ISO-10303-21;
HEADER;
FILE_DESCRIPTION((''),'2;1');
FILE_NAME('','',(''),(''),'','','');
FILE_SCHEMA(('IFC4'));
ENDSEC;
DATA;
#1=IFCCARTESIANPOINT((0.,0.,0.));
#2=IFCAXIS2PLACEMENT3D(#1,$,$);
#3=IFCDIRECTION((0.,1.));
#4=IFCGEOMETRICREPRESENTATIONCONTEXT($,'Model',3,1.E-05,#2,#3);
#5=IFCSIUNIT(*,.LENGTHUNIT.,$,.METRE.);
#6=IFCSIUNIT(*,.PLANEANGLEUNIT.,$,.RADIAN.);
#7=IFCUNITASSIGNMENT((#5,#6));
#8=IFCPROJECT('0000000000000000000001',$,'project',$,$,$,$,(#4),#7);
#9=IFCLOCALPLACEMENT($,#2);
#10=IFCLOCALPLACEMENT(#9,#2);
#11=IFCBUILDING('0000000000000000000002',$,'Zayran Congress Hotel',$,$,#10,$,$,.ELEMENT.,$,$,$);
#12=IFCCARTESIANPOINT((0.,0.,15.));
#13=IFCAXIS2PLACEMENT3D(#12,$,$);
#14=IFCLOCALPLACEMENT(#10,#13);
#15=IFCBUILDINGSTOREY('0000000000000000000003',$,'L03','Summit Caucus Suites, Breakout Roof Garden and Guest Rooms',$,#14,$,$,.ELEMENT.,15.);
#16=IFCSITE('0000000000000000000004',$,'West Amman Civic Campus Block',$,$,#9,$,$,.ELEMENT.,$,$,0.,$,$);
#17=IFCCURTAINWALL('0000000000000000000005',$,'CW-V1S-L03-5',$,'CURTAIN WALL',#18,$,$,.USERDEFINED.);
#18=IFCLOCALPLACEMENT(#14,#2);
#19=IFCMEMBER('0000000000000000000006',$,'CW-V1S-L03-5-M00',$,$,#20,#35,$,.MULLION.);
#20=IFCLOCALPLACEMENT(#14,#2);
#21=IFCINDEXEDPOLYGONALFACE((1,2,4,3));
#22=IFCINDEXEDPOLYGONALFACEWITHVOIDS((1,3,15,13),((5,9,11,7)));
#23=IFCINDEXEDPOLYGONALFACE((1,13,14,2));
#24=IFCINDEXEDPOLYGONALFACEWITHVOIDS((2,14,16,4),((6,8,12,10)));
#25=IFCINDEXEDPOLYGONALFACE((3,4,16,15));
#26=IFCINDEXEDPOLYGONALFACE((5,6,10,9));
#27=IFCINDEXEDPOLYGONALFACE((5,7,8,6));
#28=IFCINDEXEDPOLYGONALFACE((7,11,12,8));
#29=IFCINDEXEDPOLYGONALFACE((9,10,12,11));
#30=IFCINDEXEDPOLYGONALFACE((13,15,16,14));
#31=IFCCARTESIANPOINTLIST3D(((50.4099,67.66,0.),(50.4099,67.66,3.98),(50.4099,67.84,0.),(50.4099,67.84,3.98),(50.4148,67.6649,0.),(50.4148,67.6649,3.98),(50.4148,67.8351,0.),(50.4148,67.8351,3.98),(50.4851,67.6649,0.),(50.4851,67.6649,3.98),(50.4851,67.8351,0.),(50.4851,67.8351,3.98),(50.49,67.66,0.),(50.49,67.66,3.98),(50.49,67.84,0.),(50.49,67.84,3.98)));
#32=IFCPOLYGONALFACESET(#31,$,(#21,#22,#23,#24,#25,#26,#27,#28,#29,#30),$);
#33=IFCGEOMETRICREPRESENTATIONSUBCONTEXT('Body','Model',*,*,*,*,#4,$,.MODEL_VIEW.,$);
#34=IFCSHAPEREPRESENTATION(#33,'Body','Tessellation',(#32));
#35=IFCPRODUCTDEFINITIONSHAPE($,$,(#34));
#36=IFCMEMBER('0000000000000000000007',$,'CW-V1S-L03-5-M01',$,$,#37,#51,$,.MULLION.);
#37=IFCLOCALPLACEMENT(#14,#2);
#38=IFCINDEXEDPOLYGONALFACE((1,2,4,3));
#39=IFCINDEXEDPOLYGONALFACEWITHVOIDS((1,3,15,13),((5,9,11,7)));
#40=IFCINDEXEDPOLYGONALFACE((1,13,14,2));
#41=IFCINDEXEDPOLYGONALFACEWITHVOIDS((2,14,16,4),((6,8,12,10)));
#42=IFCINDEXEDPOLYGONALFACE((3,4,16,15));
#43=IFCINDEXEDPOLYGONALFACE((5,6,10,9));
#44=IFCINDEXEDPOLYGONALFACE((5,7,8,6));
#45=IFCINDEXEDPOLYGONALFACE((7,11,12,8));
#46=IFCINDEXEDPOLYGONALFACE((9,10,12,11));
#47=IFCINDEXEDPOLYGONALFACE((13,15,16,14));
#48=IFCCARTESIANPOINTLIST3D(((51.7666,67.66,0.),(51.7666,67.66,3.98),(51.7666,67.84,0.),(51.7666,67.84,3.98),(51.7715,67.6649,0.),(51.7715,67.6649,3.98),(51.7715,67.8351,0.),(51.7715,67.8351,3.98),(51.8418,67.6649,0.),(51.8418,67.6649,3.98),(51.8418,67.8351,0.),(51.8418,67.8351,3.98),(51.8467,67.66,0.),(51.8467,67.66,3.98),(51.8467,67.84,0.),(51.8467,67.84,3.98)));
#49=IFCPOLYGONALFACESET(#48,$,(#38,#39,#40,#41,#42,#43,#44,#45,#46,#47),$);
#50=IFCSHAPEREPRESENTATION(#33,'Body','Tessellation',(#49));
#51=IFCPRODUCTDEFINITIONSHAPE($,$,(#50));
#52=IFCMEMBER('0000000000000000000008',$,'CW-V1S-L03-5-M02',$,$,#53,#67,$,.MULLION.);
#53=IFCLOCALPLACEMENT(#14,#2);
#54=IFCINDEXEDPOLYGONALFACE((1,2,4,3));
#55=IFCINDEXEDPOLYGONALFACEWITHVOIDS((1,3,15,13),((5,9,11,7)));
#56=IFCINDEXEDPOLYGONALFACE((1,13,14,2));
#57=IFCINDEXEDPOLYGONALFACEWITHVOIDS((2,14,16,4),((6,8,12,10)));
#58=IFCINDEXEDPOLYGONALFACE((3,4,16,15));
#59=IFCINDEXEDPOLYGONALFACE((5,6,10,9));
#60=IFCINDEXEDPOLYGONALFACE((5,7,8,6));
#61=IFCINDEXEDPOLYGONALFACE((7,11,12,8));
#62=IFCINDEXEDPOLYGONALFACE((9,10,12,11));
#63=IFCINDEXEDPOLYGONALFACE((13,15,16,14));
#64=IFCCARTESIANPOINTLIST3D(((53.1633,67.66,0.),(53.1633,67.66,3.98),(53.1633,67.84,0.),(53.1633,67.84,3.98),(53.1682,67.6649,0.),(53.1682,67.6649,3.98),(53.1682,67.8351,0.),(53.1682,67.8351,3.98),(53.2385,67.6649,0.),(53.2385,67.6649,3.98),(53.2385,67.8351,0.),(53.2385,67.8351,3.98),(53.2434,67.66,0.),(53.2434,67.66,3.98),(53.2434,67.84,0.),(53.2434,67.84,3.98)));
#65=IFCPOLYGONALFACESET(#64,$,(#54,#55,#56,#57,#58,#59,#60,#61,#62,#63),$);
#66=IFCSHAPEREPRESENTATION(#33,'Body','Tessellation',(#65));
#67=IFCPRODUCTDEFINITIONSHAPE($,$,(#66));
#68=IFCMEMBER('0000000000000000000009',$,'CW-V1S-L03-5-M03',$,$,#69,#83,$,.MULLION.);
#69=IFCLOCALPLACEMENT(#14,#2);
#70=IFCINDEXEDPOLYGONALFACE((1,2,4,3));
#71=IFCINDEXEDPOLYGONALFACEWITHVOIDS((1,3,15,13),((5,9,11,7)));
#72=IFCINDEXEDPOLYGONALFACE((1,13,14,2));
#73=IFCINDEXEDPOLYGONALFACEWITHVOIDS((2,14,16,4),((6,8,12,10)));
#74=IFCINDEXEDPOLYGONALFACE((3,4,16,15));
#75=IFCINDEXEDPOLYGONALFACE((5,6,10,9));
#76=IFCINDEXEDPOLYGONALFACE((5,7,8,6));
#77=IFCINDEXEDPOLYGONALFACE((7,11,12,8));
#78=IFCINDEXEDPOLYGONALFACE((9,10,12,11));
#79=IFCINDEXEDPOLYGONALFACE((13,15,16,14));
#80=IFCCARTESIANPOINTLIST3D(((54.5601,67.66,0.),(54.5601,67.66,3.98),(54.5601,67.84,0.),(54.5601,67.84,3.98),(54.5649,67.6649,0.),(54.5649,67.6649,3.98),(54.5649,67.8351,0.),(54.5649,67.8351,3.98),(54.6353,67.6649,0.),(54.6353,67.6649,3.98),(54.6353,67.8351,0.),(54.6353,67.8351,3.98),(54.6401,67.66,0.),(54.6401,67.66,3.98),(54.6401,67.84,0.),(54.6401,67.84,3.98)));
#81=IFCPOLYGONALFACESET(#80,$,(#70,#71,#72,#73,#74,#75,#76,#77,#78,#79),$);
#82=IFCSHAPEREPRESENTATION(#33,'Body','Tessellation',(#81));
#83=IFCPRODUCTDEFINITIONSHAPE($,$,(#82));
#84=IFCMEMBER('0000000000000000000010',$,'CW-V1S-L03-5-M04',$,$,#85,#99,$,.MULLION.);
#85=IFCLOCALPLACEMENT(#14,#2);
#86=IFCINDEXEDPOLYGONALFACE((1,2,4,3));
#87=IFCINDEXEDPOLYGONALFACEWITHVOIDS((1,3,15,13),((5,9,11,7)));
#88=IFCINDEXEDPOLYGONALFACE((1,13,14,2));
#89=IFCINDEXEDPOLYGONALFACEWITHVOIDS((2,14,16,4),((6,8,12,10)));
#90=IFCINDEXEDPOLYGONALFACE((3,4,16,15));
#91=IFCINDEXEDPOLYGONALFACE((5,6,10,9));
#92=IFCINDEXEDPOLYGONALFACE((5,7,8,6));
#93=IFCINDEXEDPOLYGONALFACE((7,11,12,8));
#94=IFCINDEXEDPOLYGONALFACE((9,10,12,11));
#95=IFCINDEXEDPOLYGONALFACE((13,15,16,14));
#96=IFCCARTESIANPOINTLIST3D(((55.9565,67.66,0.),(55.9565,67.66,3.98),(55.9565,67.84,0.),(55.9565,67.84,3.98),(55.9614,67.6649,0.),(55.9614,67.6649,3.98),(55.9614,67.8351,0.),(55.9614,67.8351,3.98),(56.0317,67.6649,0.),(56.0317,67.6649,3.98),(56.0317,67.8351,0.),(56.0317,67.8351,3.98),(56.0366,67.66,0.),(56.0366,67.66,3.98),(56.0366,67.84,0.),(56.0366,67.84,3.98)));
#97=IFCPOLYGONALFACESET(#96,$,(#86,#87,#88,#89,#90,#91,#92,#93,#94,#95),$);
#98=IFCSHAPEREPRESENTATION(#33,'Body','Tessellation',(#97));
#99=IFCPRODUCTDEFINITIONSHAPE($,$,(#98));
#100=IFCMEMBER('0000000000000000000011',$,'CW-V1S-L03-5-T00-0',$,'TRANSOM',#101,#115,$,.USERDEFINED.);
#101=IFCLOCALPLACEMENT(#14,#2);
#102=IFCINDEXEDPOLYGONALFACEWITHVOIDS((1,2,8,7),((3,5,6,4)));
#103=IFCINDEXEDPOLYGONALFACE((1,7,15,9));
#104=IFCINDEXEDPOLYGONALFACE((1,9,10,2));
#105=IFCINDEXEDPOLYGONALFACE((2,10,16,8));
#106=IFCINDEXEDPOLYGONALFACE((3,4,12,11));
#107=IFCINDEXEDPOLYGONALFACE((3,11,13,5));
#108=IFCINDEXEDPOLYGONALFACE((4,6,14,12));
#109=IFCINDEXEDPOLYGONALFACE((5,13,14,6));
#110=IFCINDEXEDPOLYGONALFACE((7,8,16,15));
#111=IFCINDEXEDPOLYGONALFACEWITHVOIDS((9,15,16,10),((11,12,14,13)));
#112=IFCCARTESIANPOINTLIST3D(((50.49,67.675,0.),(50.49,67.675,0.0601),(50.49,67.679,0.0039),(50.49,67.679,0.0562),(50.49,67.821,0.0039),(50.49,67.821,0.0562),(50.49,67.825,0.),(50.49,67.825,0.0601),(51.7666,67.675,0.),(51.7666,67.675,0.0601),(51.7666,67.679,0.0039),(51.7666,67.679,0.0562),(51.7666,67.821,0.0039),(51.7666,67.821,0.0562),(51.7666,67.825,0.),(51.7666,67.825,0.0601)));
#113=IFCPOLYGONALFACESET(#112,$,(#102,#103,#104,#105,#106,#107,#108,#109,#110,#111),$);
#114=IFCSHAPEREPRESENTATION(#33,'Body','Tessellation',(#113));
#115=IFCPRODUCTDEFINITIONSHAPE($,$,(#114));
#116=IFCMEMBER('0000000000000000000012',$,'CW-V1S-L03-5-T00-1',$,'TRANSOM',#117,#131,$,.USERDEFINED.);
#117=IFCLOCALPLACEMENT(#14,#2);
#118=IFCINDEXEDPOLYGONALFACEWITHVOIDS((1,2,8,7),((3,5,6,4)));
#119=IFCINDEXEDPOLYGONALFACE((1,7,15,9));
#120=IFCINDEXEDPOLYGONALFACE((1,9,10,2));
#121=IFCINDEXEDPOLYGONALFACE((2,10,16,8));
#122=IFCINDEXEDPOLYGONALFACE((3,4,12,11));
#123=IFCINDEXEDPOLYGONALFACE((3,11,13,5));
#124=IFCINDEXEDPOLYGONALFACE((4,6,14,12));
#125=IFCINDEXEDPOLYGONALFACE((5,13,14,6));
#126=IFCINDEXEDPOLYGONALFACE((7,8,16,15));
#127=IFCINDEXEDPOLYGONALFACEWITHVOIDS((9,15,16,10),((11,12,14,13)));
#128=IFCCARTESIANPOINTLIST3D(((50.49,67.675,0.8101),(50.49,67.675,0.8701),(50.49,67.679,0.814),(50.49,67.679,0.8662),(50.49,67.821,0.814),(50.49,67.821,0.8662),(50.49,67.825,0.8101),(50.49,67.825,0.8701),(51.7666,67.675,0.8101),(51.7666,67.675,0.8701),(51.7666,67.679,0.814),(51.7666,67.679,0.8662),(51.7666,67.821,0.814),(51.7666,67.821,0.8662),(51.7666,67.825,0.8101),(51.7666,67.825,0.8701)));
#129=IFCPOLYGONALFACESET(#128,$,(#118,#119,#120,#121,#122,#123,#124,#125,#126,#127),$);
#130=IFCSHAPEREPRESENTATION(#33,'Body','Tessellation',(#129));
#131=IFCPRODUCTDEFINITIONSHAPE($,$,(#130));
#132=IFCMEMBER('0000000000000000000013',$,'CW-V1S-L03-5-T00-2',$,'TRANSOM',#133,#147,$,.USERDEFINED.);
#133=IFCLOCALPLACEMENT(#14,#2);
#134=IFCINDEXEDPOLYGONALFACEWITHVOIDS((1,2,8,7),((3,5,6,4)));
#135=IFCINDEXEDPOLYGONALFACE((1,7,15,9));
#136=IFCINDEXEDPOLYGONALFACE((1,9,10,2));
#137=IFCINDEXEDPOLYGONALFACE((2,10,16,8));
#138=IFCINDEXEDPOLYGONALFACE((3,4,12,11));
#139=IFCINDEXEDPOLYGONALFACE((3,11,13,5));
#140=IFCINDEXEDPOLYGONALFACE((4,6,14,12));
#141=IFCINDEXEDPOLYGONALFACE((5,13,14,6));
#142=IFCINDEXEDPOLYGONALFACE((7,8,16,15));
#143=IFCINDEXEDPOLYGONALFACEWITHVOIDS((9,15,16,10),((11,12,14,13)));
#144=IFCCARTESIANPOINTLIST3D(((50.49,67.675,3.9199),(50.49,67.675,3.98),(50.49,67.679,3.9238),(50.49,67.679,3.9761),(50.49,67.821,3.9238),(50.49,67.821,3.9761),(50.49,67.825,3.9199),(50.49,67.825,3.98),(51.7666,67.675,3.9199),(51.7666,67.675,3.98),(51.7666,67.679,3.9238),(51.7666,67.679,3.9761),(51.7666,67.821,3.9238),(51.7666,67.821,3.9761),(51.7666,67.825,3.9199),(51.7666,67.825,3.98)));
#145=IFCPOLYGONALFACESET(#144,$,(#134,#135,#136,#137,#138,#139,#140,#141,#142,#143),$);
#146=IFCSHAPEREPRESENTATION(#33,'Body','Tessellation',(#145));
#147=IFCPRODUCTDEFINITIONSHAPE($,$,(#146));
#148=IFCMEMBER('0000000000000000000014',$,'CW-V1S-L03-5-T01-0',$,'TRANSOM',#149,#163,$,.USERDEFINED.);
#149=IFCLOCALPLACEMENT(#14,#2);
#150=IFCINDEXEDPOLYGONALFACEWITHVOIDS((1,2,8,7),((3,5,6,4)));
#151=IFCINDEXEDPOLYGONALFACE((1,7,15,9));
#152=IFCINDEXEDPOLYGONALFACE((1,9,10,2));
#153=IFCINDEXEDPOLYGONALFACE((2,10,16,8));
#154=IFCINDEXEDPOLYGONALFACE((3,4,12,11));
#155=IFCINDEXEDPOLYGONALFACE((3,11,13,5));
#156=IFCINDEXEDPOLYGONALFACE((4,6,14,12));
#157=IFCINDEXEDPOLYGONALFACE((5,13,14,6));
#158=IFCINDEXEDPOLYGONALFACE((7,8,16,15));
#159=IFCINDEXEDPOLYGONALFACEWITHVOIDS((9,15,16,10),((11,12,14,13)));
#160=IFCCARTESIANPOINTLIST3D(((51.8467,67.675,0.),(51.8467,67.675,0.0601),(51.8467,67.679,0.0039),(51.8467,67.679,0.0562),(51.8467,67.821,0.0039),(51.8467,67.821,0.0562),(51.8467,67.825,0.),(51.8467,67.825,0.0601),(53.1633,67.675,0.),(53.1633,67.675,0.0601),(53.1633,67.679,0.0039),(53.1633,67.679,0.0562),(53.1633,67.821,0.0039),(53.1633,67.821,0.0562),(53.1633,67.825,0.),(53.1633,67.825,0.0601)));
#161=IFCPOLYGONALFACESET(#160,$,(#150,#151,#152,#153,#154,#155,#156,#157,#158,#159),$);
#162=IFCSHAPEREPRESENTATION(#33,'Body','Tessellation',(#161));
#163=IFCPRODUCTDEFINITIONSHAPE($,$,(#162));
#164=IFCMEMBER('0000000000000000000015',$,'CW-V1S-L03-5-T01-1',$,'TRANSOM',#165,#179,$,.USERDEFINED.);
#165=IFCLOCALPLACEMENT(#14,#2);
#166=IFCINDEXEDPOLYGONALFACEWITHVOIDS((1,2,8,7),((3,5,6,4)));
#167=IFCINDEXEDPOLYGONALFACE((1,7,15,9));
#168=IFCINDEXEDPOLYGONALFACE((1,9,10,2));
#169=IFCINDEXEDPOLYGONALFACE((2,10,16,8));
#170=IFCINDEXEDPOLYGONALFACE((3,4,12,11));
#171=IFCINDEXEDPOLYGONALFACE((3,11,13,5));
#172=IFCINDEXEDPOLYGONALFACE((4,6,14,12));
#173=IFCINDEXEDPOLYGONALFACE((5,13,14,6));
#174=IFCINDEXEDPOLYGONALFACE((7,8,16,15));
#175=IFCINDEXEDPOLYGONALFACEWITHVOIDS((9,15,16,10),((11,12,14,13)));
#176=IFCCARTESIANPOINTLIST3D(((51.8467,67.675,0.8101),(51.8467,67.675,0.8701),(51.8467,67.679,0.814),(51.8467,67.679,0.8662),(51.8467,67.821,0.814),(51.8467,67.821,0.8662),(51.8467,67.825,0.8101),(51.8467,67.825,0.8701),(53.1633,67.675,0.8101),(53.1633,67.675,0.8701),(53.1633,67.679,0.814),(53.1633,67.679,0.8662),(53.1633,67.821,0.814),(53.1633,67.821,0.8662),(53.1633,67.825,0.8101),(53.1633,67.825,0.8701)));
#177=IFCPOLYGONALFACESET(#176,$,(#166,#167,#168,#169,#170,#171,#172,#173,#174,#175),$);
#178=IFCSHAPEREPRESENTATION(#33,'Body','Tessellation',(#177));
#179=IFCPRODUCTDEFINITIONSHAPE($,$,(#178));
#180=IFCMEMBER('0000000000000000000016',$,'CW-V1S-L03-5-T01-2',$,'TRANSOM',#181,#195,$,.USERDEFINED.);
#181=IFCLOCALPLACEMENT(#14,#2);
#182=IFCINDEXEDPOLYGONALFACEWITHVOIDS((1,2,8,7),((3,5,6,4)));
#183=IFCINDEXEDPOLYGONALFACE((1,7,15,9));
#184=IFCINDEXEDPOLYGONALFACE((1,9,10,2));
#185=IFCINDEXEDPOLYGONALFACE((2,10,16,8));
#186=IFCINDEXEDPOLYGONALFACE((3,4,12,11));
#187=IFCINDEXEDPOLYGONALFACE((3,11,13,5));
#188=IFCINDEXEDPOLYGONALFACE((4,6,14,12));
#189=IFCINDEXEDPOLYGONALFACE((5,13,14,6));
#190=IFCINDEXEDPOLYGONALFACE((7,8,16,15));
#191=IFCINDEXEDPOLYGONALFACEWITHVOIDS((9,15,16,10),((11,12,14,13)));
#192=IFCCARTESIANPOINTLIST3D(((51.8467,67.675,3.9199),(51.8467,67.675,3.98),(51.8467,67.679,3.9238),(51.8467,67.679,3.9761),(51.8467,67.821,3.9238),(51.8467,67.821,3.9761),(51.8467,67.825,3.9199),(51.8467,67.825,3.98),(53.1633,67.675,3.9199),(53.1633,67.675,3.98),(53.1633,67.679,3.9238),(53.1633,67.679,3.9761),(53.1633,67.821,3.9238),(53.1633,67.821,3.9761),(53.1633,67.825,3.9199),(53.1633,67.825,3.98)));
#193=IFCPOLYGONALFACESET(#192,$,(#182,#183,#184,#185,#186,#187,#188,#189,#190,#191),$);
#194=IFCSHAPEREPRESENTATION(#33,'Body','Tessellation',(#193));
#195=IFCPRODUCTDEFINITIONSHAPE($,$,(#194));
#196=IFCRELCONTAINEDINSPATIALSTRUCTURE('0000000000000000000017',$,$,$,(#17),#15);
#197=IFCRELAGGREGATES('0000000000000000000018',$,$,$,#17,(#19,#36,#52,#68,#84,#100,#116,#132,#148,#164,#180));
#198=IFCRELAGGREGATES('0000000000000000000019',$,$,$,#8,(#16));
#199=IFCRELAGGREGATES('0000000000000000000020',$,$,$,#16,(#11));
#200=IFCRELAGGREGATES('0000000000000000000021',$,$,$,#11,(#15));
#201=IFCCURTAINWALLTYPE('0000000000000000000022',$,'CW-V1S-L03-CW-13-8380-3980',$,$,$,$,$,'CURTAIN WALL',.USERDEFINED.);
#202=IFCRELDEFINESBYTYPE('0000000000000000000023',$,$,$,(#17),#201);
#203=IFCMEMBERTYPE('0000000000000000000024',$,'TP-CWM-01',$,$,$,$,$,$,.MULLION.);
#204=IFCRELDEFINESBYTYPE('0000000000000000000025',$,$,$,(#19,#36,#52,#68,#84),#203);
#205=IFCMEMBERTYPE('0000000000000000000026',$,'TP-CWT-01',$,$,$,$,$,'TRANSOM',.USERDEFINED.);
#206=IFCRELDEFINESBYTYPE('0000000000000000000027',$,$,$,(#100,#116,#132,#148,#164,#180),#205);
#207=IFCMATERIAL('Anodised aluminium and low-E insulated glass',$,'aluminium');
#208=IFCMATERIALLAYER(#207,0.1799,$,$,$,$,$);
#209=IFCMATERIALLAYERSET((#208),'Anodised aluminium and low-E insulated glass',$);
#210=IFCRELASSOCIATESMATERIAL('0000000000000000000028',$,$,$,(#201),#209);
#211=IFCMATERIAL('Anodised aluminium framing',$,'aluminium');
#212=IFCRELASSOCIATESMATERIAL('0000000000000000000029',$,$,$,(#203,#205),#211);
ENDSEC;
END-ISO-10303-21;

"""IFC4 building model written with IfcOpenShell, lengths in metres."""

from ifc_helpers import new_model, si_unit, direction, frame, origin, origin_2d, place, context, subcontext, project, spatial, hollow_rectangle, extrude, material, layer, layer_set, material_profile, profile_set, type_object, element, aggregate, save


model = new_model("IFC4")

# Units and contexts
model_context = context("Model", 3, precision=1e-05, world=origin(), true_north=direction((0.0, 1.0)))
body_context = subcontext(model_context, "Body", "Model", "MODEL_VIEW")
ifc_project = project(units=[si_unit("LENGTHUNIT", "METRE"), si_unit("PLANEANGLEUNIT", "RADIAN")], contexts=[model_context])

# Site, building, storey
site_placement = place(None, origin())
site = spatial("IfcSite", under=ifc_project, at=site_placement, Name="West Amman Civic Campus Block", CompositionType="ELEMENT", RefElevation=0.0)
building_placement = place(site_placement, origin())
building = spatial("IfcBuilding", under=site, at=building_placement, Name="Zayran Congress Hotel", CompositionType="ELEMENT")
storey_placement = place(building_placement, frame((0.0, 0.0, 15.0)))
storey = spatial("IfcBuildingStorey", under=building, at=storey_placement, Name="L03", Description="Summit Caucus Suites, Breakout Roof Garden and Guest Rooms", CompositionType="ELEMENT", Elevation=15.0)

# Curtain wall, members
ifc_material_1 = material(Name="Anodised aluminium and low-E insulated glass", Category="aluminium")
ifc_layer_1 = layer(ifc_material_1, 0.1799)
ifc_layer_set_1 = layer_set([ifc_layer_1], Name="Anodised aluminium and low-E insulated glass")
curtain_wall_type = type_object("IfcCurtainWallType", Name="CW-V1S-L03-CW-13-8380-3980", ElementType="CURTAIN WALL", PredefinedType="USERDEFINED", material=ifc_layer_set_1)
curtain_wall_placement = place(storey_placement, origin())
curtain_wall = element("IfcCurtainWall", 1, at=curtain_wall_placement, inside=storey, type_object=curtain_wall_type, Name="CW-V1S-L03-5", ObjectType="CURTAIN WALL", PredefinedType="USERDEFINED")
ifc_material_2 = material(Name="Anodised aluminium framing", Category="aluminium")
ifc_material_profile_1 = material_profile(ifc_material_2, hollow_rectangle(XDim=0.0801, YDim=0.1799, WallThickness=0.0049, at=origin_2d()), Name="RHS 180x80x5")
ifc_profile_set_1 = profile_set([ifc_material_profile_1], Name="Anodised aluminium framing")
member_type_1 = type_object("IfcMemberType", Name="TP-CWM-01", PredefinedType="MULLION", material=ifc_profile_set_1)
member_1_placement = place(storey_placement, frame((50.45, 67.75, 0.0), z_axis=(0.0, 0.0, 1.0), x_axis=(1.0, 0.0, 0.0)))
member_1 = element("IfcMember", 2, at=member_1_placement, type_object=member_type_1, Name="CW-V1S-L03-5-M00", PredefinedType="MULLION", context=body_context, shape_type="SweptSolid", body=[
    extrude(hollow_rectangle(XDim=0.0801, YDim=0.1799, WallThickness=0.0049, at=origin_2d()), origin(), (0.0, 0.0, 1.0), 3.98),
])
member_2_placement = place(storey_placement, frame((51.8066, 67.75, 0.0), z_axis=(0.0, 0.0, 1.0), x_axis=(1.0, 0.0, 0.0)))
member_2 = element("IfcMember", 3, at=member_2_placement, type_object=member_type_1, Name="CW-V1S-L03-5-M01", PredefinedType="MULLION", context=body_context, shape_type="SweptSolid", body=[
    extrude(hollow_rectangle(XDim=0.0801, YDim=0.1799, WallThickness=0.0049, at=origin_2d()), origin(), (0.0, 0.0, 1.0), 3.98),
])
member_3_placement = place(storey_placement, frame((53.2034, 67.75, 0.0), z_axis=(0.0, 0.0, 1.0), x_axis=(1.0, 0.0, 0.0)))
member_3 = element("IfcMember", 4, at=member_3_placement, type_object=member_type_1, Name="CW-V1S-L03-5-M02", PredefinedType="MULLION", context=body_context, shape_type="SweptSolid", body=[
    extrude(hollow_rectangle(XDim=0.0801, YDim=0.1799, WallThickness=0.0049, at=origin_2d()), origin(), (0.0, 0.0, 1.0), 3.98),
])
member_4_placement = place(storey_placement, frame((54.6001, 67.75, 0.0), z_axis=(0.0, 0.0, 1.0), x_axis=(1.0, 0.0, 0.0)))
member_4 = element("IfcMember", 5, at=member_4_placement, type_object=member_type_1, Name="CW-V1S-L03-5-M03", PredefinedType="MULLION", context=body_context, shape_type="SweptSolid", body=[
    extrude(hollow_rectangle(XDim=0.0801, YDim=0.1799, WallThickness=0.0049, at=origin_2d()), origin(), (0.0, 0.0, 1.0), 3.98),
])
member_5_placement = place(storey_placement, frame((55.9966, 67.75, 0.0), z_axis=(0.0, 0.0, 1.0), x_axis=(1.0, 0.0, 0.0)))
member_5 = element("IfcMember", 6, at=member_5_placement, type_object=member_type_1, Name="CW-V1S-L03-5-M04", PredefinedType="MULLION", context=body_context, shape_type="SweptSolid", body=[
    extrude(hollow_rectangle(XDim=0.0801, YDim=0.1799, WallThickness=0.0049, at=origin_2d()), origin(), (0.0, 0.0, 1.0), 3.98),
])
ifc_material_profile_2 = material_profile(ifc_material_2, hollow_rectangle(XDim=0.0601, YDim=0.1499, WallThickness=0.0039, at=origin_2d()), Name="RHS 150x60x4")
ifc_profile_set_2 = profile_set([ifc_material_profile_2], Name="Anodised aluminium framing")
member_type_2 = type_object("IfcMemberType", Name="TP-CWT-01", ElementType="TRANSOM", PredefinedType="USERDEFINED", material=ifc_profile_set_2)
member_6_placement = place(storey_placement, frame((50.49, 67.75, 0.03), z_axis=(1.0, 0.0, 0.0), x_axis=(0.0, 0.0, 1.0)))
member_6 = element("IfcMember", 7, at=member_6_placement, type_object=member_type_2, Name="CW-V1S-L03-5-T00-0", ObjectType="TRANSOM", PredefinedType="USERDEFINED", context=body_context, shape_type="SweptSolid", body=[
    extrude(hollow_rectangle(XDim=0.0601, YDim=0.1499, WallThickness=0.0039, at=origin_2d()), origin(), (0.0, 0.0, 1.0), 1.2766),
])
member_7_placement = place(storey_placement, frame((50.49, 67.75, 0.8401), z_axis=(1.0, 0.0, 0.0), x_axis=(0.0, 0.0, 1.0)))
member_7 = element("IfcMember", 8, at=member_7_placement, type_object=member_type_2, Name="CW-V1S-L03-5-T00-1", ObjectType="TRANSOM", PredefinedType="USERDEFINED", context=body_context, shape_type="SweptSolid", body=[
    extrude(hollow_rectangle(XDim=0.0601, YDim=0.1499, WallThickness=0.0039, at=origin_2d()), origin(), (0.0, 0.0, 1.0), 1.2766),
])
member_8_placement = place(storey_placement, frame((50.49, 67.75, 3.95), z_axis=(1.0, 0.0, 0.0), x_axis=(0.0, 0.0, 1.0)))
member_8 = element("IfcMember", 9, at=member_8_placement, type_object=member_type_2, Name="CW-V1S-L03-5-T00-2", ObjectType="TRANSOM", PredefinedType="USERDEFINED", context=body_context, shape_type="SweptSolid", body=[
    extrude(hollow_rectangle(XDim=0.0601, YDim=0.1499, WallThickness=0.0039, at=origin_2d()), origin(), (0.0, 0.0, 1.0), 1.2766),
])
member_9_placement = place(storey_placement, frame((51.8467, 67.75, 0.03), z_axis=(1.0, 0.0, 0.0), x_axis=(0.0, 0.0, 1.0)))
member_9 = element("IfcMember", 10, at=member_9_placement, type_object=member_type_2, Name="CW-V1S-L03-5-T01-0", ObjectType="TRANSOM", PredefinedType="USERDEFINED", context=body_context, shape_type="SweptSolid", body=[
    extrude(hollow_rectangle(XDim=0.0601, YDim=0.1499, WallThickness=0.0039, at=origin_2d()), origin(), (0.0, 0.0, 1.0), 1.3167),
])
member_10_placement = place(storey_placement, frame((51.8467, 67.75, 0.8401), z_axis=(1.0, 0.0, 0.0), x_axis=(0.0, 0.0, 1.0)))
member_10 = element("IfcMember", 11, at=member_10_placement, type_object=member_type_2, Name="CW-V1S-L03-5-T01-1", ObjectType="TRANSOM", PredefinedType="USERDEFINED", context=body_context, shape_type="SweptSolid", body=[
    extrude(hollow_rectangle(XDim=0.0601, YDim=0.1499, WallThickness=0.0039, at=origin_2d()), origin(), (0.0, 0.0, 1.0), 1.3167),
])
member_11_placement = place(storey_placement, frame((51.8467, 67.75, 3.95), z_axis=(1.0, 0.0, 0.0), x_axis=(0.0, 0.0, 1.0)))
member_11 = element("IfcMember", 12, at=member_11_placement, type_object=member_type_2, Name="CW-V1S-L03-5-T01-2", ObjectType="TRANSOM", PredefinedType="USERDEFINED", context=body_context, shape_type="SweptSolid", body=[
    extrude(hollow_rectangle(XDim=0.0601, YDim=0.1499, WallThickness=0.0039, at=origin_2d()), origin(), (0.0, 0.0, 1.0), 1.3167),
])
aggregate(curtain_wall, [member_1, member_2, member_3, member_4, member_5, member_6, member_7, member_8, member_9, member_10, member_11])

save(model, "model.ifc")
